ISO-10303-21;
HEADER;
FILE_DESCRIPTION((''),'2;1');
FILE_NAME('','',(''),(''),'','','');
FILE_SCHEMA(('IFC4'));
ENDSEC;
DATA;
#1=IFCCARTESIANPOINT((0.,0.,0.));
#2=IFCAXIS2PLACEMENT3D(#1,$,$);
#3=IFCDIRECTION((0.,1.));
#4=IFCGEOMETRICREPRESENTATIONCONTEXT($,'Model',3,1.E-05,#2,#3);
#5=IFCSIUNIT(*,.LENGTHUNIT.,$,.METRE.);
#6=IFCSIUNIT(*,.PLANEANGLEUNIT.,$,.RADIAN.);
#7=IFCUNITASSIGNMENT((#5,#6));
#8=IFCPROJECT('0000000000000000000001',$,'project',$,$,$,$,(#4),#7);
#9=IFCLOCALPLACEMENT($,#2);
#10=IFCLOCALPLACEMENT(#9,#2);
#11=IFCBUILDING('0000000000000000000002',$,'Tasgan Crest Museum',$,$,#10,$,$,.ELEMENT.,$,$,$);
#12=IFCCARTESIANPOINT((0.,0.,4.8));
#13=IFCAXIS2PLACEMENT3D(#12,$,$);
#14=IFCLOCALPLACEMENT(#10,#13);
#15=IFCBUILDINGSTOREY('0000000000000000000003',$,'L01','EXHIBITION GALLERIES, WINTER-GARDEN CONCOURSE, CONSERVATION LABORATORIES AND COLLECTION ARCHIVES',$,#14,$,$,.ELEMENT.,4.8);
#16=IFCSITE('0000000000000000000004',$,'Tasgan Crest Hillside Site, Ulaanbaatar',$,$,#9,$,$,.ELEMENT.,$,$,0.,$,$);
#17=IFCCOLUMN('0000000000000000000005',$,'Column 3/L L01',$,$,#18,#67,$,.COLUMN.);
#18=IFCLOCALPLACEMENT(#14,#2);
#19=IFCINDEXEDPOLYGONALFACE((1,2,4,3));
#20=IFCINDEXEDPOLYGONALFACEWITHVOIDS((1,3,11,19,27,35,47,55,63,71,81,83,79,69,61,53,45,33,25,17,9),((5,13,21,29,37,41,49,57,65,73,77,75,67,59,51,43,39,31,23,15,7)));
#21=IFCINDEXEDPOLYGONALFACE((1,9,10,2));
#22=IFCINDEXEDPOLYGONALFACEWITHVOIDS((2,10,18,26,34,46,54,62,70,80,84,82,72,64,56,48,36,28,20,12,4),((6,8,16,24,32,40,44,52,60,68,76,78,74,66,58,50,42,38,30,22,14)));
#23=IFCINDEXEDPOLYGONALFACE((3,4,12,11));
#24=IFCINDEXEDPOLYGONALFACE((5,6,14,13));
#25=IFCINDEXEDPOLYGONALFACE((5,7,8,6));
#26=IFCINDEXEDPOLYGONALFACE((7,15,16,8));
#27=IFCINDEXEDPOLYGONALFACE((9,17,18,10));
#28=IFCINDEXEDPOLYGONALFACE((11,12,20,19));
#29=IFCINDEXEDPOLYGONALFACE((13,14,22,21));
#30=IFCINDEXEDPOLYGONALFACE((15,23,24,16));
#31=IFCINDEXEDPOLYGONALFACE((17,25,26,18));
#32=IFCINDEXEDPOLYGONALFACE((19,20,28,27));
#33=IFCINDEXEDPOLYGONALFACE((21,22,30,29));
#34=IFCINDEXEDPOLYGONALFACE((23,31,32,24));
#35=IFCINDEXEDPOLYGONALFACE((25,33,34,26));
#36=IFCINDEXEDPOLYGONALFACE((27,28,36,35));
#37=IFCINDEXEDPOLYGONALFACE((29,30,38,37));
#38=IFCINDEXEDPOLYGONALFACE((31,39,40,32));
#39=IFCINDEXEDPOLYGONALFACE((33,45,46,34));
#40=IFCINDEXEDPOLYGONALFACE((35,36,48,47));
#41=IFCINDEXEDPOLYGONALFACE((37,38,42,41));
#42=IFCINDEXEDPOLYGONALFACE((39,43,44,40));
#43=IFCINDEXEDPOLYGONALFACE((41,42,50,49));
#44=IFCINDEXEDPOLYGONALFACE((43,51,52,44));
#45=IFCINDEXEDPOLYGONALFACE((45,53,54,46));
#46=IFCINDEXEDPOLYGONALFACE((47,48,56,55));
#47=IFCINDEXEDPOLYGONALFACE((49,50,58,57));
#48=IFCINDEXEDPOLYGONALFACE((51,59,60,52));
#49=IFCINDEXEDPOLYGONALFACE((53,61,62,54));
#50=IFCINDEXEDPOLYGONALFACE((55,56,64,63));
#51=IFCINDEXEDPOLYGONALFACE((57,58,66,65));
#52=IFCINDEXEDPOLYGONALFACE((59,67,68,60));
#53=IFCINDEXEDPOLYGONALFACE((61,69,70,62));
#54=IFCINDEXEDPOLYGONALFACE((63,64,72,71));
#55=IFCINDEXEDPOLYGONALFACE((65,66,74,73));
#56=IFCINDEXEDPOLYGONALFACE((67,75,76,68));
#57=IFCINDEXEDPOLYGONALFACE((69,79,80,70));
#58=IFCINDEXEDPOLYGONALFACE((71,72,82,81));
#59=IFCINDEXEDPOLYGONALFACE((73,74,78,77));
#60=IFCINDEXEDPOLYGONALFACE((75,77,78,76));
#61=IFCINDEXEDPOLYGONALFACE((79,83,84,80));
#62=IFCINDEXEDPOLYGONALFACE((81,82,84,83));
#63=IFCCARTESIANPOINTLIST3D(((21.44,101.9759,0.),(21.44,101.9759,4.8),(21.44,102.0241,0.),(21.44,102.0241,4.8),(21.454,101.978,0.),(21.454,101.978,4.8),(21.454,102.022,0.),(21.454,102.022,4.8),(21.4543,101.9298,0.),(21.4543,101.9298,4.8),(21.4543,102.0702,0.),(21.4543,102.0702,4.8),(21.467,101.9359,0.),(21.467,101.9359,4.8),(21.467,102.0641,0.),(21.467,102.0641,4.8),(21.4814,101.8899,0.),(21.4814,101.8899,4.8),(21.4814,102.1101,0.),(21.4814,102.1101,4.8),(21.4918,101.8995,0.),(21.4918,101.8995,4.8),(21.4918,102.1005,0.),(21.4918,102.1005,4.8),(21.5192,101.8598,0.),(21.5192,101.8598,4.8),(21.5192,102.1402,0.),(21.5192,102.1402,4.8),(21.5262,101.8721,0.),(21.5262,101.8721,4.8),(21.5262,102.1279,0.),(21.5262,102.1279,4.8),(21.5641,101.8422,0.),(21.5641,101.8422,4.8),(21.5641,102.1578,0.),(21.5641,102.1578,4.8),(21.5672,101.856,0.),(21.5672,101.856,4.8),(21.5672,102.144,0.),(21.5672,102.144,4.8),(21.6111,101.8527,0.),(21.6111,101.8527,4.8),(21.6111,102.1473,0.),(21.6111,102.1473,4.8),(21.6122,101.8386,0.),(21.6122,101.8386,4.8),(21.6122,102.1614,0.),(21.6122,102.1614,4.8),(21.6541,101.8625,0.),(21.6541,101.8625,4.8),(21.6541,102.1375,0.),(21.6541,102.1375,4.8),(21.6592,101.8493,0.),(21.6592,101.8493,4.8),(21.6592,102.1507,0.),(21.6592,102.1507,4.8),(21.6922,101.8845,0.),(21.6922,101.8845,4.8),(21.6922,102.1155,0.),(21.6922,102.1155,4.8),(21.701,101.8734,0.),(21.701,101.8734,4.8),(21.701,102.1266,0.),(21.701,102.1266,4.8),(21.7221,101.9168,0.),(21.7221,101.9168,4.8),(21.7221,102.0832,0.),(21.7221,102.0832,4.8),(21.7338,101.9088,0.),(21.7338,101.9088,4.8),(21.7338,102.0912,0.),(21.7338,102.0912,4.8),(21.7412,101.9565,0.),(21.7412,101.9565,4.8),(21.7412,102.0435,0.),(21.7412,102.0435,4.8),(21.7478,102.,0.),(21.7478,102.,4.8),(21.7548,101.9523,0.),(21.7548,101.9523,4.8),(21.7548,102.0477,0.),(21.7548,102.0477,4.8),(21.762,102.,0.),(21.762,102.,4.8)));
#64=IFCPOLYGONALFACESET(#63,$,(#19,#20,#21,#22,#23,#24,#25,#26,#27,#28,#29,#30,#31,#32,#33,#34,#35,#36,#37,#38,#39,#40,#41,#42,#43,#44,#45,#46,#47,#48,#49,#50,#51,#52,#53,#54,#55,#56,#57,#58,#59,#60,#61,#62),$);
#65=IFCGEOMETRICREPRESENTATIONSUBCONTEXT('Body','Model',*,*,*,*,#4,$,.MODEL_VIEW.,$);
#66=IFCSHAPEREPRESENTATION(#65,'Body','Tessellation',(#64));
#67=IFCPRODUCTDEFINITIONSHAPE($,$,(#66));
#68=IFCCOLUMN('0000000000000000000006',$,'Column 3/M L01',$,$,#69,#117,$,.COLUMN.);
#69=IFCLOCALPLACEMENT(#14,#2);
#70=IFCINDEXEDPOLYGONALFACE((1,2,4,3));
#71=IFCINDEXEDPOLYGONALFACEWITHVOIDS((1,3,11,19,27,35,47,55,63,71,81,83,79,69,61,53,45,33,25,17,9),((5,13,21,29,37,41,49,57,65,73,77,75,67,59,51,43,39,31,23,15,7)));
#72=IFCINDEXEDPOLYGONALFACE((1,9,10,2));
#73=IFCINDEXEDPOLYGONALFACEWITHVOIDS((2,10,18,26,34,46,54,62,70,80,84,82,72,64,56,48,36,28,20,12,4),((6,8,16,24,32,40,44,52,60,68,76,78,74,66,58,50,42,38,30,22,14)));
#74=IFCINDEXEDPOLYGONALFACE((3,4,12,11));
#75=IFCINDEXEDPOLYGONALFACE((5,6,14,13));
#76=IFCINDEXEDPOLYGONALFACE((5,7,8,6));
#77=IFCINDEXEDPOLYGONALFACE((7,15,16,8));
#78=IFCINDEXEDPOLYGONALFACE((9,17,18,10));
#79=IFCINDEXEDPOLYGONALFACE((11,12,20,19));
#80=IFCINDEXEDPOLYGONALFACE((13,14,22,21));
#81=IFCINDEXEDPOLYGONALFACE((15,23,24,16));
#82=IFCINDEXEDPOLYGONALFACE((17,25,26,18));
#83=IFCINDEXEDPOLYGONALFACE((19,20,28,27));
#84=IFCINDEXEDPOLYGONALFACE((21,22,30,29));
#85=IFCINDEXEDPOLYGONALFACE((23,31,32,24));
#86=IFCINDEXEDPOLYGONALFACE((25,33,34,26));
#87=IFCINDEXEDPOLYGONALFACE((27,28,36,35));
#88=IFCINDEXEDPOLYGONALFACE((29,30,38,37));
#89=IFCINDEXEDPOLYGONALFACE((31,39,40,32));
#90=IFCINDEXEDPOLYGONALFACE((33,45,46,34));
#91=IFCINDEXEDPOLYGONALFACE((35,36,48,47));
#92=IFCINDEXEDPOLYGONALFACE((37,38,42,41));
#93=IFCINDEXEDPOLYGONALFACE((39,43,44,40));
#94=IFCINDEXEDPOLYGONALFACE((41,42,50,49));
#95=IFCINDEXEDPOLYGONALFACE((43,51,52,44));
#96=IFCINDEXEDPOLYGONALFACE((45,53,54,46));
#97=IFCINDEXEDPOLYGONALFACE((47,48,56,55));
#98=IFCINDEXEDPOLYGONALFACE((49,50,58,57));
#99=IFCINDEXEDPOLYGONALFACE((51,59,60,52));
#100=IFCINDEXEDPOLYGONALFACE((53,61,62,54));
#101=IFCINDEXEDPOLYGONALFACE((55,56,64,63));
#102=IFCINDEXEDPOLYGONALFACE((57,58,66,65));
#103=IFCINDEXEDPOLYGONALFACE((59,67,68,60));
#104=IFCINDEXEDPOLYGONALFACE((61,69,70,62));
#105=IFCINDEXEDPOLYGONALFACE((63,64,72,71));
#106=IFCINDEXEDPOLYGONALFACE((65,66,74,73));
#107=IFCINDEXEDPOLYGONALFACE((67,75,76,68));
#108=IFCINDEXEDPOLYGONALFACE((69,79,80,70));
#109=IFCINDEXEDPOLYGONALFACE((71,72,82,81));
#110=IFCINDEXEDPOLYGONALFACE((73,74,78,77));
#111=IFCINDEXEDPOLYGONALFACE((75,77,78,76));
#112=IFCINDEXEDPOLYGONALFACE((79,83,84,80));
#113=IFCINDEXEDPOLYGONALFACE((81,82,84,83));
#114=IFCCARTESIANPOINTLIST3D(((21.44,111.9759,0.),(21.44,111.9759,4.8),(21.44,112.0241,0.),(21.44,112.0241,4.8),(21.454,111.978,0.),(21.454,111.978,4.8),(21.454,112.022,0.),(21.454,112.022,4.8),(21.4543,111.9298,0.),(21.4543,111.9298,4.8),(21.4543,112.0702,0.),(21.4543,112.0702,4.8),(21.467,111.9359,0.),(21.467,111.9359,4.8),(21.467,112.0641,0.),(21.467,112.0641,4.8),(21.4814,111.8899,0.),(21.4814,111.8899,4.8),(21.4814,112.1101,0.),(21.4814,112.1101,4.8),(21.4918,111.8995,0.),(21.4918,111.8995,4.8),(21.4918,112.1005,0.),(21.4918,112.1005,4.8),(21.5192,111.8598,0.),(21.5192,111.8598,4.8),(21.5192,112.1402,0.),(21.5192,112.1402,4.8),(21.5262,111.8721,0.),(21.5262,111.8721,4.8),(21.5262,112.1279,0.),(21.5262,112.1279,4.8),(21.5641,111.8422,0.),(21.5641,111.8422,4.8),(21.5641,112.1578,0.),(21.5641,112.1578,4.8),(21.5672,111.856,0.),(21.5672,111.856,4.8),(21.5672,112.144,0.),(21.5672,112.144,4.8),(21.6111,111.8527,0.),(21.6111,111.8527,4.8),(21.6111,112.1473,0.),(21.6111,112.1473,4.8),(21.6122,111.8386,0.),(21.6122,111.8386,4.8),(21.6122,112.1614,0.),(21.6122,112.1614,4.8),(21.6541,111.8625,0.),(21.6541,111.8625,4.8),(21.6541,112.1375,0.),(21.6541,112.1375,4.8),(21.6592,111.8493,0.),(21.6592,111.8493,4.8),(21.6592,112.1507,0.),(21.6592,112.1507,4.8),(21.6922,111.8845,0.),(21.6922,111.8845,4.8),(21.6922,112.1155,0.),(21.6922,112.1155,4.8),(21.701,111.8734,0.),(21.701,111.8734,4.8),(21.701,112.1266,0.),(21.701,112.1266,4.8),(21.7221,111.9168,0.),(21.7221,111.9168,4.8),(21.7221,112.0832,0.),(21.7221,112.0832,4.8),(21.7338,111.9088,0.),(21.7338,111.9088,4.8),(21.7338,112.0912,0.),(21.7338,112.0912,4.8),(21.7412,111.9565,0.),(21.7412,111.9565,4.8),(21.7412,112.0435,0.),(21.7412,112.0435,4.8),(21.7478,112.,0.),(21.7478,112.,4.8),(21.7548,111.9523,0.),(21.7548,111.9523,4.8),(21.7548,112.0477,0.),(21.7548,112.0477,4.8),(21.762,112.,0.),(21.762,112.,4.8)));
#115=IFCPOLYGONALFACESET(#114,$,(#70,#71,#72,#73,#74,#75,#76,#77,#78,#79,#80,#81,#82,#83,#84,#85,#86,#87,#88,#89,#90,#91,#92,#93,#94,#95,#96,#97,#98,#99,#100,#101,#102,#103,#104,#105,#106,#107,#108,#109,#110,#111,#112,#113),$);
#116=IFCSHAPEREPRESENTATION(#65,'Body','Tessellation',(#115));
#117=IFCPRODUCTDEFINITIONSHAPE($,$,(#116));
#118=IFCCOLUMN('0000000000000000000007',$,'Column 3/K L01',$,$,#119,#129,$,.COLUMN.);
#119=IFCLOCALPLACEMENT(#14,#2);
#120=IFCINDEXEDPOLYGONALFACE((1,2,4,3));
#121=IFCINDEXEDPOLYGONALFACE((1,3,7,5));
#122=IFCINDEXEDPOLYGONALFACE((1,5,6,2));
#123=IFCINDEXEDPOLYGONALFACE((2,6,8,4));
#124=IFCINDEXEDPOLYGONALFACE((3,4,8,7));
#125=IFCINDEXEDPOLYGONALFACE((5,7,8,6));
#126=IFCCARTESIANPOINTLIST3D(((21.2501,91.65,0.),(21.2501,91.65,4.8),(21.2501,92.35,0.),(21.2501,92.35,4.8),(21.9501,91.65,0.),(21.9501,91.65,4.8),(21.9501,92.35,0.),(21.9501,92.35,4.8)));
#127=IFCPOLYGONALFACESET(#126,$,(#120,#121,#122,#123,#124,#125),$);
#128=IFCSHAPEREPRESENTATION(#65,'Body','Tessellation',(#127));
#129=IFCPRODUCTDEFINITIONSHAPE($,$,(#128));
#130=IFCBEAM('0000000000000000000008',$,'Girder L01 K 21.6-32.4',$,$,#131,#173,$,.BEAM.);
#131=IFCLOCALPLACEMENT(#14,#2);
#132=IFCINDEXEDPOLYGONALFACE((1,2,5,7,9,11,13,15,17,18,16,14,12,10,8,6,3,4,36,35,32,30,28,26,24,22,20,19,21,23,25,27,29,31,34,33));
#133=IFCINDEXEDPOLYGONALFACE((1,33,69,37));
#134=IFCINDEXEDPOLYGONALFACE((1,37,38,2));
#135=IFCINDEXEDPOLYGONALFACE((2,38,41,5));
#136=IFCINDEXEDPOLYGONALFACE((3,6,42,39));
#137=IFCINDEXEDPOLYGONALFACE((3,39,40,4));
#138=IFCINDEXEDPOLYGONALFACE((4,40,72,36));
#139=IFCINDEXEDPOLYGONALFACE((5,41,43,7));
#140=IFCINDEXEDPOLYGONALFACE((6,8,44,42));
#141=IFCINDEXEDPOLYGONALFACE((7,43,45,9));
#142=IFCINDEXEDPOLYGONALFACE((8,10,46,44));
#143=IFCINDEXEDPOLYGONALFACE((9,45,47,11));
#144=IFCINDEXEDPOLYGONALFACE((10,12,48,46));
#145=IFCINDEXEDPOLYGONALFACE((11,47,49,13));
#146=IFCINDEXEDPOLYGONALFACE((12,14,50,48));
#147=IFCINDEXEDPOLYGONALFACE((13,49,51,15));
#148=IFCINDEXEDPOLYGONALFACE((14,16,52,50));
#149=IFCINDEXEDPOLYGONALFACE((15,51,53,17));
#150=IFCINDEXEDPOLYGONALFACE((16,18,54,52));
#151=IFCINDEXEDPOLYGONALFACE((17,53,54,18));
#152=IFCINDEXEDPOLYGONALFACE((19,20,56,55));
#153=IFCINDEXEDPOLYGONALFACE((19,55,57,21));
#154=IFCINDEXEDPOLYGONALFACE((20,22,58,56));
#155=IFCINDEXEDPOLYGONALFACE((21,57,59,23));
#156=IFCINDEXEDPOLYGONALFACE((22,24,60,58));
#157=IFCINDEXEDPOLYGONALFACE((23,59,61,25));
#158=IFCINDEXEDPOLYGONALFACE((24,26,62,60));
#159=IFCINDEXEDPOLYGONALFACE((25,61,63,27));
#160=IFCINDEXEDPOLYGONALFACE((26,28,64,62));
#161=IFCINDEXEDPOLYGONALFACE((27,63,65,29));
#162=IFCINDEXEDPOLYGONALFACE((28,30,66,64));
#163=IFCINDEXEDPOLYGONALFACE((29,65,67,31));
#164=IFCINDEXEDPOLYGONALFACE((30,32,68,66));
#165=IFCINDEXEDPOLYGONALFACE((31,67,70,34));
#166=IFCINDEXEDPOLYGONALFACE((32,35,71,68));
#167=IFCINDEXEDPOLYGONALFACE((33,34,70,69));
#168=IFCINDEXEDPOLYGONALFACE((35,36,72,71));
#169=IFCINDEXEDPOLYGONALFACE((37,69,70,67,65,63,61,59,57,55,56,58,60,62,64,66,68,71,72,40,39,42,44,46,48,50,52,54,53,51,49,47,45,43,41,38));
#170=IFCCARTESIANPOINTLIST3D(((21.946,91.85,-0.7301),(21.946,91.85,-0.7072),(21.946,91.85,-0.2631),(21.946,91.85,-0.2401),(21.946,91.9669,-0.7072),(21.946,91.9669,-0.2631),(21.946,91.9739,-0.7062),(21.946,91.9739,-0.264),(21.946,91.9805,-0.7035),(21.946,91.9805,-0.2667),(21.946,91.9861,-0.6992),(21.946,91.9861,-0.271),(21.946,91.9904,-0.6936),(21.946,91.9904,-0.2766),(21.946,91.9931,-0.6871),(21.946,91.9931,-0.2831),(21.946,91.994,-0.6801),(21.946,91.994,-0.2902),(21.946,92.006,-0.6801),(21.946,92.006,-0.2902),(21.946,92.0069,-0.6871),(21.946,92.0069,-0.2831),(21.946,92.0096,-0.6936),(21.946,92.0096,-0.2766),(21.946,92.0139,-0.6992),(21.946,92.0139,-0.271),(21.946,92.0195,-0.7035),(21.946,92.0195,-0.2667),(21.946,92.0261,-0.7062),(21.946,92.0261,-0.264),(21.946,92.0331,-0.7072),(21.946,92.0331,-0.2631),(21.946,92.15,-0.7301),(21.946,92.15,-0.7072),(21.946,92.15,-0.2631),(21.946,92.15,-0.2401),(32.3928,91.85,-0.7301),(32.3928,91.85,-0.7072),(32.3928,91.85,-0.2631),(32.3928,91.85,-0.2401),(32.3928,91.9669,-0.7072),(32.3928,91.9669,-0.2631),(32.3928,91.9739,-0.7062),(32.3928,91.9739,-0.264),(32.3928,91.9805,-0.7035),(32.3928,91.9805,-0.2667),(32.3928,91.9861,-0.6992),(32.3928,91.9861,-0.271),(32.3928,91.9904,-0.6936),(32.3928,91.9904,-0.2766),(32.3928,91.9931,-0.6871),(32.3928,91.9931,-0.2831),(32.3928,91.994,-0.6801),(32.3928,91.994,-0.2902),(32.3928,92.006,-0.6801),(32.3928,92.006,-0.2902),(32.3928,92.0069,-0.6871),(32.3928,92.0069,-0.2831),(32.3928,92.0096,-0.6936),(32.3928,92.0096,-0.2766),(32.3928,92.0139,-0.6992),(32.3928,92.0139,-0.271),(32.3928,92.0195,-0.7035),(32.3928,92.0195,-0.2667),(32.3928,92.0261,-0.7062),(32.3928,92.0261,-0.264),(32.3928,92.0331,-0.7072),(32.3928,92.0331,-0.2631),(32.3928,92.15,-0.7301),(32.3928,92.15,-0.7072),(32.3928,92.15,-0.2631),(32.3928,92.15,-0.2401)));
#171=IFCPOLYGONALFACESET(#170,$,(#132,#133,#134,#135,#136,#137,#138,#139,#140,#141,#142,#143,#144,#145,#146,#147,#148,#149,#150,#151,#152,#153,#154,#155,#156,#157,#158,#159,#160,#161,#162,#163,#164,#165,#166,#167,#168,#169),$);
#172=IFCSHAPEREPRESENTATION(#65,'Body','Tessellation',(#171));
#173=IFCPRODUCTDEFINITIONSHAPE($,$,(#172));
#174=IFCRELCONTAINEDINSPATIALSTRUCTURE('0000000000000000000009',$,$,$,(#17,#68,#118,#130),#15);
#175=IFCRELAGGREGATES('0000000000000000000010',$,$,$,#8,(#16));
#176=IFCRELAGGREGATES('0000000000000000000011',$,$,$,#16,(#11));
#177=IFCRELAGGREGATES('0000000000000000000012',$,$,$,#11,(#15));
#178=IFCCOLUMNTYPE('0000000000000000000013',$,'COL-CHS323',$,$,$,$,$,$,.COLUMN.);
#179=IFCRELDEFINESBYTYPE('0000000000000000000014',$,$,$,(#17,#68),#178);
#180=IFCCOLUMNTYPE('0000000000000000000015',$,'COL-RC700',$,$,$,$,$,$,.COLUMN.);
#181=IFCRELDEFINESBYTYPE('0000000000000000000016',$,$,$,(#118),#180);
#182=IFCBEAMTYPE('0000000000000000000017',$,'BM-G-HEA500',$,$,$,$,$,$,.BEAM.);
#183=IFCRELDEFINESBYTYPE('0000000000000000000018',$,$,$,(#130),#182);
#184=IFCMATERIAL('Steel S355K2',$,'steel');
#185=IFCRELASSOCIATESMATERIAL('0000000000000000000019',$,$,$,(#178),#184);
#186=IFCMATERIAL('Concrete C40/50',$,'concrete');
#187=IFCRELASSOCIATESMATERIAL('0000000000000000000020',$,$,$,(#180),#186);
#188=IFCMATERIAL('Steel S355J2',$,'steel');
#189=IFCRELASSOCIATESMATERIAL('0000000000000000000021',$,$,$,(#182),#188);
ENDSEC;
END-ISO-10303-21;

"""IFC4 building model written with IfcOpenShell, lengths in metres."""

from ifc_helpers import new_model, si_unit, direction, frame, origin, origin_2d, place, context, subcontext, project, spatial, rectangle, hollow_circle, i_section, extrude, material, material_profile, profile_set, type_object, element, save


model = new_model("IFC4")

# Units and contexts
model_context = context("Model", 3, precision=1e-05, world=origin(), true_north=direction((0.0, 1.0)))
body_context = subcontext(model_context, "Body", "Model", "MODEL_VIEW")
ifc_project = project(units=[si_unit("LENGTHUNIT", "METRE"), si_unit("PLANEANGLEUNIT", "RADIAN")], contexts=[model_context])

# Site, building, storey
site_placement = place(None, origin())
site = spatial("IfcSite", under=ifc_project, at=site_placement, Name="Tasgan Crest Hillside Site, Ulaanbaatar", CompositionType="ELEMENT", RefElevation=0.0)
building_placement = place(site_placement, origin())
building = spatial("IfcBuilding", under=site, at=building_placement, Name="Tasgan Crest Museum", CompositionType="ELEMENT")
storey_placement = place(building_placement, frame((0.0, 0.0, 4.8)))
storey = spatial("IfcBuildingStorey", under=building, at=storey_placement, Name="L01", Description="EXHIBITION GALLERIES, WINTER-GARDEN CONCOURSE, CONSERVATION LABORATORIES AND COLLECTION ARCHIVES", CompositionType="ELEMENT", Elevation=4.8)

# Columns
ifc_material_1 = material(Name="Steel S355K2", Category="steel")
ifc_material_profile_1 = material_profile(ifc_material_1, hollow_circle(Radius=0.1619, WallThickness=0.0142, at=origin_2d()), Name="CHS 323.9x14.2")
ifc_profile_set_1 = profile_set([ifc_material_profile_1], Name="Steel S355K2")
column_type_1 = type_object("IfcColumnType", Name="COL-CHS323", PredefinedType="COLUMN", material=ifc_profile_set_1)
for number, where, z_axis, x_axis, name in (
    (1, (21.6001, 102.0, 0.0), (0.0, 0.0, 1.0), (1.0, 0.0, 0.0), "Column 3/L L01"),
    (2, (21.6001, 112.0, 0.0), (0.0, 0.0, 1.0), (1.0, 0.0, 0.0), "Column 3/M L01"),
):
    element("IfcColumn", number, at=place(storey_placement, frame(where, z_axis=z_axis, x_axis=x_axis)), inside=storey, type_object=column_type_1, Name=name, PredefinedType="COLUMN", context=body_context, shape_type="SweptSolid", body=[
        extrude(hollow_circle(Radius=0.1619, WallThickness=0.0142, at=origin_2d()), origin(), (0.0, 0.0, 1.0), 4.8),
    ])
ifc_material_2 = material(Name="Concrete C40/50", Category="concrete")
ifc_material_profile_2 = material_profile(ifc_material_2, rectangle(XDim=0.7, YDim=0.7, at=origin_2d()), Name="RC 700x700")
ifc_profile_set_2 = profile_set([ifc_material_profile_2], Name="Concrete C40/50")
column_type_2 = type_object("IfcColumnType", Name="COL-RC700", PredefinedType="COLUMN", material=ifc_profile_set_2)
column_placement = place(storey_placement, frame((21.6001, 92.0, 0.0), z_axis=(0.0, 0.0, 1.0), x_axis=(1.0, 0.0, 0.0)))
element("IfcColumn", 3, at=column_placement, inside=storey, type_object=column_type_2, Name="Column 3/K L01", PredefinedType="COLUMN", context=body_context, shape_type="SweptSolid", body=[
    extrude(rectangle(XDim=0.7, YDim=0.7, at=origin_2d()), origin(), (0.0, 0.0, 1.0), 4.8),
])

# Beam
ifc_material_3 = material(Name="Steel S355J2", Category="steel")
ifc_material_profile_3 = material_profile(ifc_material_3, i_section(OverallWidth=0.3, OverallDepth=0.49, WebThickness=0.012, FlangeThickness=0.0229, FilletRadius=0.0271, at=origin_2d()), Name="HEA 500")
ifc_profile_set_3 = profile_set([ifc_material_profile_3], Name="Steel S355J2")
beam_type_1 = type_object("IfcBeamType", Name="BM-G-HEA500", PredefinedType="BEAM", material=ifc_profile_set_3)
beam_1_placement = place(storey_placement, frame((21.946, 92.0, -0.4851), z_axis=(1.0, 0.0, 0.0), x_axis=(0.0, 1.0, 0.0)))
element("IfcBeam", 4, at=beam_1_placement, inside=storey, type_object=beam_type_1, Name="Girder L01 K 21.6-32.4", PredefinedType="BEAM", context=body_context, shape_type="SweptSolid", body=[
    extrude(i_section(OverallWidth=0.3, OverallDepth=0.49, WebThickness=0.012, FlangeThickness=0.0229, FilletRadius=0.0271, at=origin_2d()), origin(), (0.0, 0.0, 1.0), 10.4468),
])

save(model, "model.ifc")
